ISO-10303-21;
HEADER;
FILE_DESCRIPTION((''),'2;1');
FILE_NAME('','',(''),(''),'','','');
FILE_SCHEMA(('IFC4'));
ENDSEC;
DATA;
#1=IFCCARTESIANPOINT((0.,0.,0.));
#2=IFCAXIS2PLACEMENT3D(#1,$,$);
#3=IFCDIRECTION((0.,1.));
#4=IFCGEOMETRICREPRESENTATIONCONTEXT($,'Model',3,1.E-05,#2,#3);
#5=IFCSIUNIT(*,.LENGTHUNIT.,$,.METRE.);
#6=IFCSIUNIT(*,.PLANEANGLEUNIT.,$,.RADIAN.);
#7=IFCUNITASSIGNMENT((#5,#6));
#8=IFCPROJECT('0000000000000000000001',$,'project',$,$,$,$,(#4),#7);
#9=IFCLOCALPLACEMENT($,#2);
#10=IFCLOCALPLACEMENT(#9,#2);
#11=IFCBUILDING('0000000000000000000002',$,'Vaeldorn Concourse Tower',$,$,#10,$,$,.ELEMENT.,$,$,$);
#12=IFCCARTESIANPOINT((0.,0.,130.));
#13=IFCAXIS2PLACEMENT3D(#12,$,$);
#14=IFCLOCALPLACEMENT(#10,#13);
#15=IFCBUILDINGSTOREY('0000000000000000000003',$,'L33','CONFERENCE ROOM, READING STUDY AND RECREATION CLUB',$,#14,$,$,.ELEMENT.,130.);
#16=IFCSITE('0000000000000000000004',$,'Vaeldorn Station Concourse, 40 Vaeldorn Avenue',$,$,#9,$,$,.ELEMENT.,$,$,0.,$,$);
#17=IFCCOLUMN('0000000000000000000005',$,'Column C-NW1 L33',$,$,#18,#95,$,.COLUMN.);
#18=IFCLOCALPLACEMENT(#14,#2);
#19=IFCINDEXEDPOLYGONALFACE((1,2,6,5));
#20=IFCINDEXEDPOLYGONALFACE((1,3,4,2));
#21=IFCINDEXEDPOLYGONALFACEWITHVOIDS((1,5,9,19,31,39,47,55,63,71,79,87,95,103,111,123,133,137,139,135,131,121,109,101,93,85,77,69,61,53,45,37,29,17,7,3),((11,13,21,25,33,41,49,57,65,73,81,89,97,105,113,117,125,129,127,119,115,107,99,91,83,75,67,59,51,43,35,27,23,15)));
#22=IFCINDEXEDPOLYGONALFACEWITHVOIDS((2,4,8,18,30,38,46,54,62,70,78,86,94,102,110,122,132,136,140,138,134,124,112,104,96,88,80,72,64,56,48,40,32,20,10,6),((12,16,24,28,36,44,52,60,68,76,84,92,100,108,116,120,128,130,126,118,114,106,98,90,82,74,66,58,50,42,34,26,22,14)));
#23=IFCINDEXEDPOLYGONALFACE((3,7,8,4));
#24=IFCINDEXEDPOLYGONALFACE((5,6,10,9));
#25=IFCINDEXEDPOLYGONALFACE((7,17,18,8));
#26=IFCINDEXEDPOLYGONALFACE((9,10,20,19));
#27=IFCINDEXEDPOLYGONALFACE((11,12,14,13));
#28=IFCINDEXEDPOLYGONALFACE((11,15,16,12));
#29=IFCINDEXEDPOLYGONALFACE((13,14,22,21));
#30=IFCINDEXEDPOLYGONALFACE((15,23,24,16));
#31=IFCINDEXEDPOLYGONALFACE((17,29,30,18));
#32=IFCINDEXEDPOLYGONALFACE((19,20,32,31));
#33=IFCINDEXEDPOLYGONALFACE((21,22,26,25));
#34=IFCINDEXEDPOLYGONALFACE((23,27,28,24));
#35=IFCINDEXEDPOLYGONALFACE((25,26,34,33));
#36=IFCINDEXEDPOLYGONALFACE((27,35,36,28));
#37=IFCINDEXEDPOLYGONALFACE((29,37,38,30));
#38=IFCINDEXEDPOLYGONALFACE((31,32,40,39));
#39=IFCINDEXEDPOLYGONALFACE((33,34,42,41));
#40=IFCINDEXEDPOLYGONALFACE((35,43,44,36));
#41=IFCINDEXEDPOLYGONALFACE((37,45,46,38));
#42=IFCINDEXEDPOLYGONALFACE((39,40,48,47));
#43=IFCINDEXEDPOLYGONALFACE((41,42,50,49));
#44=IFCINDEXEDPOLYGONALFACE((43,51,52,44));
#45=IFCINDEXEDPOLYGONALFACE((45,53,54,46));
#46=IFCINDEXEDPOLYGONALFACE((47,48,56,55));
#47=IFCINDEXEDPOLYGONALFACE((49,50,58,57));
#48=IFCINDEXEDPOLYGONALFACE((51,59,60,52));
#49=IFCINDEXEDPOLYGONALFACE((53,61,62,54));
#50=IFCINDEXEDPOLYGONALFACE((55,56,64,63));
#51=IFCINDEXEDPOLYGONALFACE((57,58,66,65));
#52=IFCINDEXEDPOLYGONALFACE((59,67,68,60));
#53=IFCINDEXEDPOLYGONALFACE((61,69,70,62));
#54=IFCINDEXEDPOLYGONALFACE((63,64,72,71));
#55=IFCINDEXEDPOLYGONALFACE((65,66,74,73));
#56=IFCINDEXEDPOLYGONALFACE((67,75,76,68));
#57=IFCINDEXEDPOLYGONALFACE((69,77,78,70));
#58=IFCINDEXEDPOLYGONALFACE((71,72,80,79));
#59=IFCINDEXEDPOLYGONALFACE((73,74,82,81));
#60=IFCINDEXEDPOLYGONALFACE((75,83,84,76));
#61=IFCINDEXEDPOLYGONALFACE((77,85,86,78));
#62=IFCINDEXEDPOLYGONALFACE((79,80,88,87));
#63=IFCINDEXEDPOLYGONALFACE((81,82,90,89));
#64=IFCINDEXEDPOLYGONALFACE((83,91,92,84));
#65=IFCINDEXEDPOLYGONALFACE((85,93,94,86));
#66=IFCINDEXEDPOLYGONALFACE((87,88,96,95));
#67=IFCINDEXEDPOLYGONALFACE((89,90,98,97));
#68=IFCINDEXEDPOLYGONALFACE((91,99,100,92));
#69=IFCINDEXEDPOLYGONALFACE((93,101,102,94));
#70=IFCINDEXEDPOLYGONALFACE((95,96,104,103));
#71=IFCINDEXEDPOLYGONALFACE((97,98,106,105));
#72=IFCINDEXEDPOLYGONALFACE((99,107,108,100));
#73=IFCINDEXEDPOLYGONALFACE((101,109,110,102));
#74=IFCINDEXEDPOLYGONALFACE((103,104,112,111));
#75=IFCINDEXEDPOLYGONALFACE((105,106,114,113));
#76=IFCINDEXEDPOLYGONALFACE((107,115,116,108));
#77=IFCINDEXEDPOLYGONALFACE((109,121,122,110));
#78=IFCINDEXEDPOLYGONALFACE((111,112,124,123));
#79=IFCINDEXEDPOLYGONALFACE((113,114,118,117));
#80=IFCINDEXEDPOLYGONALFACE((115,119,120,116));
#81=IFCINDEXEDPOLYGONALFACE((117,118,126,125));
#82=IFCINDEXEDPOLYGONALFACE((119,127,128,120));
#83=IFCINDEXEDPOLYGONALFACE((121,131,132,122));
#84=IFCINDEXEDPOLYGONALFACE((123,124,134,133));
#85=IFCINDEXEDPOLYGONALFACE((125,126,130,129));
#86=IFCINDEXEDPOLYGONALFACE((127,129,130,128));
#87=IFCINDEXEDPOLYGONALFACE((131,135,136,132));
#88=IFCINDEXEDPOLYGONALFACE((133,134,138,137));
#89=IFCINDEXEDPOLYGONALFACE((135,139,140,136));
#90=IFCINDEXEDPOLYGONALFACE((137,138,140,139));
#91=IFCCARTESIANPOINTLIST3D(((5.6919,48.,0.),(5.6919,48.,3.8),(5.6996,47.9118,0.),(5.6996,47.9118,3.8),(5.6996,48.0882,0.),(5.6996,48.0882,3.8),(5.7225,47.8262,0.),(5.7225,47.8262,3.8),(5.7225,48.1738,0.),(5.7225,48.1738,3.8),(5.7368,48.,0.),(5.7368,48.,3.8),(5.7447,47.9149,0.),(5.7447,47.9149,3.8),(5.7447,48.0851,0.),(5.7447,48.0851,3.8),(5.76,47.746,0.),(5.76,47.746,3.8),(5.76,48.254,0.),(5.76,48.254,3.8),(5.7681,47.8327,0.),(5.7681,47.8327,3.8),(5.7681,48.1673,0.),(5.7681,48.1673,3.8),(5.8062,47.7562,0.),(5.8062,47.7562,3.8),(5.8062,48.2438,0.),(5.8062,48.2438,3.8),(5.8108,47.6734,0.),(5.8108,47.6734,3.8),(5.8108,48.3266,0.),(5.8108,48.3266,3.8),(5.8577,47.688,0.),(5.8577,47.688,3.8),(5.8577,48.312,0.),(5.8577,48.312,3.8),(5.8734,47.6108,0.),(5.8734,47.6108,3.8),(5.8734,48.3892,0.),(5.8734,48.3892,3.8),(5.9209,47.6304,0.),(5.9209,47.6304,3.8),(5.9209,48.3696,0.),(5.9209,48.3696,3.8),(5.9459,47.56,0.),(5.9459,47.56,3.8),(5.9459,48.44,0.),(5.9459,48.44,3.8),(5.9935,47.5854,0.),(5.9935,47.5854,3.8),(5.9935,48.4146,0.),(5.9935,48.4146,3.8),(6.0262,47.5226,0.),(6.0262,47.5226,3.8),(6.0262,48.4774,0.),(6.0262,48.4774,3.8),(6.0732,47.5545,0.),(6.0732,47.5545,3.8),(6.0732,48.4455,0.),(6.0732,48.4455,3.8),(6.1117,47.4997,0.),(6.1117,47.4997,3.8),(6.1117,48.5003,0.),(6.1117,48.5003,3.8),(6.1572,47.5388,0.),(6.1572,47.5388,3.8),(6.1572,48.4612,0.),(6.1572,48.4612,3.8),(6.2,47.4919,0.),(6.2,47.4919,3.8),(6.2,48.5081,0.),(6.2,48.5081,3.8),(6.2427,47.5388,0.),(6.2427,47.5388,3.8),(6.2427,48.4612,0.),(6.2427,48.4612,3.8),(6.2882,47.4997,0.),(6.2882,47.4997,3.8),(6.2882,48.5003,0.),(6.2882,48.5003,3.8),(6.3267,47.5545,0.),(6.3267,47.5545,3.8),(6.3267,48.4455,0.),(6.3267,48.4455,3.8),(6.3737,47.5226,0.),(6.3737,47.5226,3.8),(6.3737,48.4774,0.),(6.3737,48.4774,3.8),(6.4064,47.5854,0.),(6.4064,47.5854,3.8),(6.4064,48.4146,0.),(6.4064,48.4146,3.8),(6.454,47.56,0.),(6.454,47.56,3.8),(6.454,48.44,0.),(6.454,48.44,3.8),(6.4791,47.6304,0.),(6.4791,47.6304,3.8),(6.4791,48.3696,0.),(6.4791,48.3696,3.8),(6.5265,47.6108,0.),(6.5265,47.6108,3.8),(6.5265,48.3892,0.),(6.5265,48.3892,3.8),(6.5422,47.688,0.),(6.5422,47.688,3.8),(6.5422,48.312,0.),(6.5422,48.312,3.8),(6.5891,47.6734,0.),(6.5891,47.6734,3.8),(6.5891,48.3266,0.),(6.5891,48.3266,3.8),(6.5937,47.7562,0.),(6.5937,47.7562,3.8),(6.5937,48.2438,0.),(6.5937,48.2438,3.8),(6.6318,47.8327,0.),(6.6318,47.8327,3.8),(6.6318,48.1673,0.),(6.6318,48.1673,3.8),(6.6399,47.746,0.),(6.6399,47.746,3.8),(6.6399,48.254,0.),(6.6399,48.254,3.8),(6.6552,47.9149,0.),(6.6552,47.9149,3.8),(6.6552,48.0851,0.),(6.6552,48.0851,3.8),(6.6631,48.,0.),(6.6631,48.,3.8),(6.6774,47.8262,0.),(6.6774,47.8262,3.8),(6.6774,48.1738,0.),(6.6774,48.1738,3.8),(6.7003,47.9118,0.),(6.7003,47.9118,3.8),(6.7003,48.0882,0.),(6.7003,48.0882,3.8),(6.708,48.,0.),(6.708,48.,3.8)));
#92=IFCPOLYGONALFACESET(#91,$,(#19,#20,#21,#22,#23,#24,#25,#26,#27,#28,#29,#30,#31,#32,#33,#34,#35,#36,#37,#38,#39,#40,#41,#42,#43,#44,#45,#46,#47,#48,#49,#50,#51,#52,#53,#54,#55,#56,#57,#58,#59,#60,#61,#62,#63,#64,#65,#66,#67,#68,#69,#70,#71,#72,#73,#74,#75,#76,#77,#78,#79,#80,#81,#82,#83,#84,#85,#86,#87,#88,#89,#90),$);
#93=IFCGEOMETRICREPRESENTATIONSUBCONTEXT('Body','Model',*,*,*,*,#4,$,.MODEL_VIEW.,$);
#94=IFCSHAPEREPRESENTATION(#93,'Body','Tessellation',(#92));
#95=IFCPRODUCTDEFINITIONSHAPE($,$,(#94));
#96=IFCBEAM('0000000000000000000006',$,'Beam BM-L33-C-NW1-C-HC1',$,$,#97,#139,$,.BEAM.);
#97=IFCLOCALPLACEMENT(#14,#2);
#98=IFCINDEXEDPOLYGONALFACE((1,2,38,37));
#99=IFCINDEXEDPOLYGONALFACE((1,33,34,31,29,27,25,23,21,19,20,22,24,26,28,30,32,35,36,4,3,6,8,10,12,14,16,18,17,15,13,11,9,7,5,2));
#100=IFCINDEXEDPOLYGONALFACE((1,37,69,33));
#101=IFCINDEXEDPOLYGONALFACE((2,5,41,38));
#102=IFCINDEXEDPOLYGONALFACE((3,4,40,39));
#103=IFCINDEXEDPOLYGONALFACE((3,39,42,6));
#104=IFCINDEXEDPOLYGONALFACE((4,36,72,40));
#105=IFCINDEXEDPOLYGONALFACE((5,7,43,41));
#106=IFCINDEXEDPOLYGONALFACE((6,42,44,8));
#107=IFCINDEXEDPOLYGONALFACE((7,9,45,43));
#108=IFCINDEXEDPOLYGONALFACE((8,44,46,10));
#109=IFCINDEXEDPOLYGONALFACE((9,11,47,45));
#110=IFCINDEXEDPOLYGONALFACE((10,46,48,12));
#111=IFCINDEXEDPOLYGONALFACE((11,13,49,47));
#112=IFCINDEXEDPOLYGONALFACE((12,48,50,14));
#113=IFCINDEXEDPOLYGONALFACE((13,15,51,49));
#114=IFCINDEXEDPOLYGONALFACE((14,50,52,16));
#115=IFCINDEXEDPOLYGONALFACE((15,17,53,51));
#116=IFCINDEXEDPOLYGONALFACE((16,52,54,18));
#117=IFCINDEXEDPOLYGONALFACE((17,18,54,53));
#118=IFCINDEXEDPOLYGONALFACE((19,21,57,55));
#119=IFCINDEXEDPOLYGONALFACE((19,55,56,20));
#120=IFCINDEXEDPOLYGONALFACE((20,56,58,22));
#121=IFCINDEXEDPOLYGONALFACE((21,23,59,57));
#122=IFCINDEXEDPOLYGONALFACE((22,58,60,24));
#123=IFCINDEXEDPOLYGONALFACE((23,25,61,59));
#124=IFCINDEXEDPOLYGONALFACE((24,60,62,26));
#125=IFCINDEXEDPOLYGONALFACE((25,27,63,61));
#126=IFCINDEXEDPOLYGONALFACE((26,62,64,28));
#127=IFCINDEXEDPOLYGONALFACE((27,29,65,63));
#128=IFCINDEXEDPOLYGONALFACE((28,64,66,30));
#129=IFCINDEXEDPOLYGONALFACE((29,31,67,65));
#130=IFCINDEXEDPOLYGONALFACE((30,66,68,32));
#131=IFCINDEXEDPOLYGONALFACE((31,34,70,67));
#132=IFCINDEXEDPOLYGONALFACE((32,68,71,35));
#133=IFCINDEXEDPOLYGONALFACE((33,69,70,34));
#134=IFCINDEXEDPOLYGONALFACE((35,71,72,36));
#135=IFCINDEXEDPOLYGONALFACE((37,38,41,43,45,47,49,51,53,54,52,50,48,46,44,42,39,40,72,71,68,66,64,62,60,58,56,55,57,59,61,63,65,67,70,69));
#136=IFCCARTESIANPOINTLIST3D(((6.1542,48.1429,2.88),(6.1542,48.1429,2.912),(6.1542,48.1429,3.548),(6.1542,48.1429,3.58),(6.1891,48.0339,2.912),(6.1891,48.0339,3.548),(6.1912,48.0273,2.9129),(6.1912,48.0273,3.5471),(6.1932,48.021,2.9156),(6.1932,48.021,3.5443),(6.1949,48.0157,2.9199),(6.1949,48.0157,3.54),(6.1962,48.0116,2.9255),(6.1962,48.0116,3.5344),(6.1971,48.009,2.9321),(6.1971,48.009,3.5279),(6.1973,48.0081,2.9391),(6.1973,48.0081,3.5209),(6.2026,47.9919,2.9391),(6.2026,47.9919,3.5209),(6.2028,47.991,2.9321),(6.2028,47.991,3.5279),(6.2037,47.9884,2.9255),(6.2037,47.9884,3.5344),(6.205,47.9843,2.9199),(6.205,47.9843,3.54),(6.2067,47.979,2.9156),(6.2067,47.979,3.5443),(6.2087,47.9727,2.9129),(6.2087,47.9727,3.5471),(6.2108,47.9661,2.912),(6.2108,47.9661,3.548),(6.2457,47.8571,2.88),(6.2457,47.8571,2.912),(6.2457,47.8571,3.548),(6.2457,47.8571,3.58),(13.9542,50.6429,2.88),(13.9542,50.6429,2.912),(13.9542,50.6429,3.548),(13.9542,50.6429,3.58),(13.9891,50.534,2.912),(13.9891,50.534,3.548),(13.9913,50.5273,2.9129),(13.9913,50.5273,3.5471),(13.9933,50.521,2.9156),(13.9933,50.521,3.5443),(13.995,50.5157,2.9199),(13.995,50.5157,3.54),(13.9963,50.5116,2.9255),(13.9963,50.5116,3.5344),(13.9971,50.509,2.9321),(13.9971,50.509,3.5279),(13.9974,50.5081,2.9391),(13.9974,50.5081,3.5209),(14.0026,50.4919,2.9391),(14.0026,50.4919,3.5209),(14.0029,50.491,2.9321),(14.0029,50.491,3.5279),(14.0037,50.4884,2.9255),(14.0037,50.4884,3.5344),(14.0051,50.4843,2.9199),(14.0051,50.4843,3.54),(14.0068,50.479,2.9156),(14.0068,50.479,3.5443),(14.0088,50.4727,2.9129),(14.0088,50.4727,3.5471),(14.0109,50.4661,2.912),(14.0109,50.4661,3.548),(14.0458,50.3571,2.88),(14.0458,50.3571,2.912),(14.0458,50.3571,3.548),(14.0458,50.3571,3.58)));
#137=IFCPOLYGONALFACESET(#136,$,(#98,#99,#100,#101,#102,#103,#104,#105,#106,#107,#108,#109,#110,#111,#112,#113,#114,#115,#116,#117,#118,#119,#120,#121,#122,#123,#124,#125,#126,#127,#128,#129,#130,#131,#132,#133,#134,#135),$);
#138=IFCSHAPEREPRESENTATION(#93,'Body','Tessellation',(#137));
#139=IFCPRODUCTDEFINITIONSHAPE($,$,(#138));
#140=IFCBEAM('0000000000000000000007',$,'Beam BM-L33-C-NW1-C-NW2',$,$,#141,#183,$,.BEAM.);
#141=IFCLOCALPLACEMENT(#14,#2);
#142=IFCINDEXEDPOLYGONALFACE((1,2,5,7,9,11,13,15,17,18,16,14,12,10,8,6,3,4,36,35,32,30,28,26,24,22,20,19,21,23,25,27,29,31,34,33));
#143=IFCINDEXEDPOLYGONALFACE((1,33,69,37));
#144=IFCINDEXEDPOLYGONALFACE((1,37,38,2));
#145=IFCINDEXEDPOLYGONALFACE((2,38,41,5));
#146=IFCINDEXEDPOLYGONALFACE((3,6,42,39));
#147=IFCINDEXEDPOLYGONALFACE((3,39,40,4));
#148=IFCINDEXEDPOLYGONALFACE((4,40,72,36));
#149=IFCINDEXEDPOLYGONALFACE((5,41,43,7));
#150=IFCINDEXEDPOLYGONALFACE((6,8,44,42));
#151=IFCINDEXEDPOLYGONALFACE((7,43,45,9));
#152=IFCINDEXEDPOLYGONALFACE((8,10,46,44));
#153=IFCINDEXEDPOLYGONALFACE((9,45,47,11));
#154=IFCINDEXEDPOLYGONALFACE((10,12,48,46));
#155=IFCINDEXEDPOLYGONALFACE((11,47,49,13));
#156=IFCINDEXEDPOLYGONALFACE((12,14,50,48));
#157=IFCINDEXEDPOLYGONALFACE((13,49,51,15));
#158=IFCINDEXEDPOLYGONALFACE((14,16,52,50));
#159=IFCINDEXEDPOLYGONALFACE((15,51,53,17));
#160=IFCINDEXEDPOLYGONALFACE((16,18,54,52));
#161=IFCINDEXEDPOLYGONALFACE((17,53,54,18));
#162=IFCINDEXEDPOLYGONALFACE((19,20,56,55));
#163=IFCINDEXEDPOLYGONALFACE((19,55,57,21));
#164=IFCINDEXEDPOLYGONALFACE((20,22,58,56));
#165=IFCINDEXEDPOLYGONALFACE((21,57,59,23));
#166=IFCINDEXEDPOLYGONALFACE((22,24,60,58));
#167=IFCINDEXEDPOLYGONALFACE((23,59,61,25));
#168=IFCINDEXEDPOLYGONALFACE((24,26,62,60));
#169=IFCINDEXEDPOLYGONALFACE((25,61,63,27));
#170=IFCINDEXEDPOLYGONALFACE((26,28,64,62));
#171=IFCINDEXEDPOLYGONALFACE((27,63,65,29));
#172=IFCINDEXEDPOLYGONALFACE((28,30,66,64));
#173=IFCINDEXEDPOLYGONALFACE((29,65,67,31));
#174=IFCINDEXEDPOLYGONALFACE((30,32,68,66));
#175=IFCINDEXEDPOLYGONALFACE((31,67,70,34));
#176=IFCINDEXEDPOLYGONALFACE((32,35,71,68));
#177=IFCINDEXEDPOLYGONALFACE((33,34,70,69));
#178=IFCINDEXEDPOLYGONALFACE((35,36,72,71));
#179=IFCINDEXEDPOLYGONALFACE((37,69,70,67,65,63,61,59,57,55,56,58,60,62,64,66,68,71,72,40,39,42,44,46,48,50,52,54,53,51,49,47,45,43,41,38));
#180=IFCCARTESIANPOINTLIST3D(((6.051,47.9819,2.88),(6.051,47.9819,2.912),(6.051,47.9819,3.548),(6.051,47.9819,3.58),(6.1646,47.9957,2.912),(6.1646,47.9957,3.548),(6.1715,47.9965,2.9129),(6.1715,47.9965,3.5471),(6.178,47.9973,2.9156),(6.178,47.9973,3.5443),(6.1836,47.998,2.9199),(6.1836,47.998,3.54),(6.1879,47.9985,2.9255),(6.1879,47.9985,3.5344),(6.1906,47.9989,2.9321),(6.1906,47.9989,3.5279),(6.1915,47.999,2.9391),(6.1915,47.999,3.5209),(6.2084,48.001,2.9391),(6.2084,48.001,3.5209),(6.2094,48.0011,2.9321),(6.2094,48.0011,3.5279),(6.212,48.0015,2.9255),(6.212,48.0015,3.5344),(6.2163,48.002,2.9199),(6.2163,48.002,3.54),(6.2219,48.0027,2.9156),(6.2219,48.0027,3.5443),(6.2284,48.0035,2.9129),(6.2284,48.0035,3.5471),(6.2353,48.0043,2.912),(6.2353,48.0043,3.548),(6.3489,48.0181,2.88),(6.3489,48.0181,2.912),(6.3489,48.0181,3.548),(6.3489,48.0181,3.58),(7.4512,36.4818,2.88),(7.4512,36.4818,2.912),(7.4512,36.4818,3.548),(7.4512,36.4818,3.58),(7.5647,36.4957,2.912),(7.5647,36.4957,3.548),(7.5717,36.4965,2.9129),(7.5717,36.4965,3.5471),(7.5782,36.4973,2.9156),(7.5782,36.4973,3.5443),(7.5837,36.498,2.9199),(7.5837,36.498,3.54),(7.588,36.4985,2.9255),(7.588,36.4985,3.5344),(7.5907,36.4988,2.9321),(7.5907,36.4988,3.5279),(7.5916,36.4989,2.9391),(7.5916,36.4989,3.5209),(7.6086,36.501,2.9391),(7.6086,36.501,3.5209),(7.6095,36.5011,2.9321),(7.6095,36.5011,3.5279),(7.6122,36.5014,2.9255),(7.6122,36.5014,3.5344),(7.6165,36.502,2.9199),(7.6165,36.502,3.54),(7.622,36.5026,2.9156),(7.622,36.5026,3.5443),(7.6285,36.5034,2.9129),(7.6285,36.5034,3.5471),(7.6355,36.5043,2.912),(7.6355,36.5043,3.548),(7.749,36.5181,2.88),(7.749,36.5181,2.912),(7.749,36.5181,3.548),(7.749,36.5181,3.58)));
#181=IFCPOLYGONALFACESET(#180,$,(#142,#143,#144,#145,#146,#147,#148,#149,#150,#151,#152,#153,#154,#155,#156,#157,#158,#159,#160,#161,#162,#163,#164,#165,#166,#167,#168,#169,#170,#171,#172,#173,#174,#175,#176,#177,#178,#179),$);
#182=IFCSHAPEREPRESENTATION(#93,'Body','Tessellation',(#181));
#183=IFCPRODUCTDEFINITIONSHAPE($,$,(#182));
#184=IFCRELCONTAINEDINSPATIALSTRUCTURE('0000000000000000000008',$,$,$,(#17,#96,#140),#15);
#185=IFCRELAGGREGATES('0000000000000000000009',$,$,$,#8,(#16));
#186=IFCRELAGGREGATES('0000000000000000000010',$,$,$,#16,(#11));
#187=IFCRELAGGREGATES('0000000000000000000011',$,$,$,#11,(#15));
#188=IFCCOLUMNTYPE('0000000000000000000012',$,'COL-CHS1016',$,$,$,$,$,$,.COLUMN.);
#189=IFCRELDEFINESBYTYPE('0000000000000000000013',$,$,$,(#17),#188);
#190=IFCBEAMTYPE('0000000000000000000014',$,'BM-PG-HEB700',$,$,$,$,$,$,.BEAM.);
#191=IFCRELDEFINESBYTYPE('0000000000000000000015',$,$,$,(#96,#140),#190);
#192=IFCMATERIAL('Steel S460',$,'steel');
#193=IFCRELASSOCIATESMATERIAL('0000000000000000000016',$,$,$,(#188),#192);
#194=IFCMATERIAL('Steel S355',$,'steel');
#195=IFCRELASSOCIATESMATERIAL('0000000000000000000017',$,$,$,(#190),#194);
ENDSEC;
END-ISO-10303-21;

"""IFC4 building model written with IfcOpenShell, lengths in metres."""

from ifc_helpers import new_model, si_unit, direction, frame, origin, origin_2d, place, context, subcontext, project, spatial, hollow_circle, i_section, extrude, source, transform, mapped, material, material_profile, profile_set, type_object, element, save


model = new_model("IFC4")

# Units and contexts
model_context = context("Model", 3, precision=1e-05, world=origin(), true_north=direction((0.0, 1.0)))
body_context = subcontext(model_context, "Body", "Model", "MODEL_VIEW")
ifc_project = project(units=[si_unit("LENGTHUNIT", "METRE"), si_unit("PLANEANGLEUNIT", "RADIAN")], contexts=[model_context])

# Site, building, storey
site_placement = place(None, origin())
site = spatial("IfcSite", under=ifc_project, at=site_placement, Name="Vaeldorn Station Concourse, 40 Vaeldorn Avenue", CompositionType="ELEMENT", RefElevation=0.0)
building_placement = place(site_placement, origin())
building = spatial("IfcBuilding", under=site, at=building_placement, Name="Vaeldorn Concourse Tower", CompositionType="ELEMENT")
storey_placement = place(building_placement, frame((0.0, 0.0, 130.0)))
storey = spatial("IfcBuildingStorey", under=building, at=storey_placement, Name="L33", Description="CONFERENCE ROOM, READING STUDY AND RECREATION CLUB", CompositionType="ELEMENT", Elevation=130.0)

# Column
ifc_material_1 = material(Name="Steel S460", Category="steel")
ifc_material_profile_1 = material_profile(ifc_material_1, hollow_circle(Radius=0.5081, WallThickness=0.0449, at=origin_2d()), Name="CHS 1016x45")
ifc_profile_set_1 = profile_set([ifc_material_profile_1], Name="Steel S460")
column_type = type_object("IfcColumnType", Name="COL-CHS1016", PredefinedType="COLUMN", material=ifc_profile_set_1)
shared_shape_1 = source(origin(), body_context, "Body", "SweptSolid", [
    extrude(hollow_circle(Radius=0.5081, WallThickness=0.0449, at=origin_2d()), origin(), (0.0, 0.0, 1.0), 3.8),
])
column_placement = place(storey_placement, frame((6.2, 48.0, 0.0), z_axis=(0.0, 0.0, 1.0), x_axis=(1.0, 0.0, 0.0)))
element("IfcColumn", 1, at=column_placement, inside=storey, type_object=column_type, Name="Column C-NW1 L33", PredefinedType="COLUMN", context=body_context, shape_type="MappedRepresentation", body=[
    mapped(shared_shape_1, transform((0.0, 0.0, 0.0), scale=1.0)),
])

# Beams
ifc_material_2 = material(Name="Steel S355", Category="steel")
ifc_material_profile_2 = material_profile(ifc_material_2, i_section(OverallWidth=0.3, OverallDepth=0.7, WebThickness=0.0171, FlangeThickness=0.032, FilletRadius=0.0271, at=origin_2d()), Name="HEB 700")
ifc_profile_set_2 = profile_set([ifc_material_profile_2], Name="Steel S355")
beam_type_1 = type_object("IfcBeamType", Name="BM-PG-HEB700", PredefinedType="BEAM", material=ifc_profile_set_2)
shared_shape_2 = source(origin(), body_context, "Body", "SweptSolid", [
    extrude(i_section(OverallWidth=0.3, OverallDepth=0.7, WebThickness=0.0171, FlangeThickness=0.032, FilletRadius=0.0271, at=origin_2d()), origin(), (0.0, 0.0, 1.0), 8.1909),
])
beam_1_placement = place(storey_placement, frame((6.2, 48.0, 3.23), z_axis=(0.952283, 0.305217, 0.0), x_axis=(-0.305217, 0.952283, 0.0)))
element("IfcBeam", 2, at=beam_1_placement, inside=storey, type_object=beam_type_1, Name="Beam BM-L33-C-NW1-C-HC1", PredefinedType="BEAM", context=body_context, shape_type="MappedRepresentation", body=[
    mapped(shared_shape_2, transform((0.0, 0.0, 0.0), scale=1.0)),
])
shared_shape_3 = source(origin(), body_context, "Body", "SweptSolid", [
    extrude(i_section(OverallWidth=0.3, OverallDepth=0.7, WebThickness=0.0171, FlangeThickness=0.032, FilletRadius=0.0271, at=origin_2d()), origin(), (0.0, 0.0, 1.0), 11.585),
])
beam_2_placement = place(storey_placement, frame((6.2, 48.0, 3.23), z_axis=(0.120859, -0.99267, 0.0), x_axis=(0.99267, 0.120859, 0.0)))
element("IfcBeam", 3, at=beam_2_placement, inside=storey, type_object=beam_type_1, Name="Beam BM-L33-C-NW1-C-NW2", PredefinedType="BEAM", context=body_context, shape_type="MappedRepresentation", body=[
    mapped(shared_shape_3, transform((0.0, 0.0, 0.0), scale=1.0)),
])

save(model, "model.ifc")
